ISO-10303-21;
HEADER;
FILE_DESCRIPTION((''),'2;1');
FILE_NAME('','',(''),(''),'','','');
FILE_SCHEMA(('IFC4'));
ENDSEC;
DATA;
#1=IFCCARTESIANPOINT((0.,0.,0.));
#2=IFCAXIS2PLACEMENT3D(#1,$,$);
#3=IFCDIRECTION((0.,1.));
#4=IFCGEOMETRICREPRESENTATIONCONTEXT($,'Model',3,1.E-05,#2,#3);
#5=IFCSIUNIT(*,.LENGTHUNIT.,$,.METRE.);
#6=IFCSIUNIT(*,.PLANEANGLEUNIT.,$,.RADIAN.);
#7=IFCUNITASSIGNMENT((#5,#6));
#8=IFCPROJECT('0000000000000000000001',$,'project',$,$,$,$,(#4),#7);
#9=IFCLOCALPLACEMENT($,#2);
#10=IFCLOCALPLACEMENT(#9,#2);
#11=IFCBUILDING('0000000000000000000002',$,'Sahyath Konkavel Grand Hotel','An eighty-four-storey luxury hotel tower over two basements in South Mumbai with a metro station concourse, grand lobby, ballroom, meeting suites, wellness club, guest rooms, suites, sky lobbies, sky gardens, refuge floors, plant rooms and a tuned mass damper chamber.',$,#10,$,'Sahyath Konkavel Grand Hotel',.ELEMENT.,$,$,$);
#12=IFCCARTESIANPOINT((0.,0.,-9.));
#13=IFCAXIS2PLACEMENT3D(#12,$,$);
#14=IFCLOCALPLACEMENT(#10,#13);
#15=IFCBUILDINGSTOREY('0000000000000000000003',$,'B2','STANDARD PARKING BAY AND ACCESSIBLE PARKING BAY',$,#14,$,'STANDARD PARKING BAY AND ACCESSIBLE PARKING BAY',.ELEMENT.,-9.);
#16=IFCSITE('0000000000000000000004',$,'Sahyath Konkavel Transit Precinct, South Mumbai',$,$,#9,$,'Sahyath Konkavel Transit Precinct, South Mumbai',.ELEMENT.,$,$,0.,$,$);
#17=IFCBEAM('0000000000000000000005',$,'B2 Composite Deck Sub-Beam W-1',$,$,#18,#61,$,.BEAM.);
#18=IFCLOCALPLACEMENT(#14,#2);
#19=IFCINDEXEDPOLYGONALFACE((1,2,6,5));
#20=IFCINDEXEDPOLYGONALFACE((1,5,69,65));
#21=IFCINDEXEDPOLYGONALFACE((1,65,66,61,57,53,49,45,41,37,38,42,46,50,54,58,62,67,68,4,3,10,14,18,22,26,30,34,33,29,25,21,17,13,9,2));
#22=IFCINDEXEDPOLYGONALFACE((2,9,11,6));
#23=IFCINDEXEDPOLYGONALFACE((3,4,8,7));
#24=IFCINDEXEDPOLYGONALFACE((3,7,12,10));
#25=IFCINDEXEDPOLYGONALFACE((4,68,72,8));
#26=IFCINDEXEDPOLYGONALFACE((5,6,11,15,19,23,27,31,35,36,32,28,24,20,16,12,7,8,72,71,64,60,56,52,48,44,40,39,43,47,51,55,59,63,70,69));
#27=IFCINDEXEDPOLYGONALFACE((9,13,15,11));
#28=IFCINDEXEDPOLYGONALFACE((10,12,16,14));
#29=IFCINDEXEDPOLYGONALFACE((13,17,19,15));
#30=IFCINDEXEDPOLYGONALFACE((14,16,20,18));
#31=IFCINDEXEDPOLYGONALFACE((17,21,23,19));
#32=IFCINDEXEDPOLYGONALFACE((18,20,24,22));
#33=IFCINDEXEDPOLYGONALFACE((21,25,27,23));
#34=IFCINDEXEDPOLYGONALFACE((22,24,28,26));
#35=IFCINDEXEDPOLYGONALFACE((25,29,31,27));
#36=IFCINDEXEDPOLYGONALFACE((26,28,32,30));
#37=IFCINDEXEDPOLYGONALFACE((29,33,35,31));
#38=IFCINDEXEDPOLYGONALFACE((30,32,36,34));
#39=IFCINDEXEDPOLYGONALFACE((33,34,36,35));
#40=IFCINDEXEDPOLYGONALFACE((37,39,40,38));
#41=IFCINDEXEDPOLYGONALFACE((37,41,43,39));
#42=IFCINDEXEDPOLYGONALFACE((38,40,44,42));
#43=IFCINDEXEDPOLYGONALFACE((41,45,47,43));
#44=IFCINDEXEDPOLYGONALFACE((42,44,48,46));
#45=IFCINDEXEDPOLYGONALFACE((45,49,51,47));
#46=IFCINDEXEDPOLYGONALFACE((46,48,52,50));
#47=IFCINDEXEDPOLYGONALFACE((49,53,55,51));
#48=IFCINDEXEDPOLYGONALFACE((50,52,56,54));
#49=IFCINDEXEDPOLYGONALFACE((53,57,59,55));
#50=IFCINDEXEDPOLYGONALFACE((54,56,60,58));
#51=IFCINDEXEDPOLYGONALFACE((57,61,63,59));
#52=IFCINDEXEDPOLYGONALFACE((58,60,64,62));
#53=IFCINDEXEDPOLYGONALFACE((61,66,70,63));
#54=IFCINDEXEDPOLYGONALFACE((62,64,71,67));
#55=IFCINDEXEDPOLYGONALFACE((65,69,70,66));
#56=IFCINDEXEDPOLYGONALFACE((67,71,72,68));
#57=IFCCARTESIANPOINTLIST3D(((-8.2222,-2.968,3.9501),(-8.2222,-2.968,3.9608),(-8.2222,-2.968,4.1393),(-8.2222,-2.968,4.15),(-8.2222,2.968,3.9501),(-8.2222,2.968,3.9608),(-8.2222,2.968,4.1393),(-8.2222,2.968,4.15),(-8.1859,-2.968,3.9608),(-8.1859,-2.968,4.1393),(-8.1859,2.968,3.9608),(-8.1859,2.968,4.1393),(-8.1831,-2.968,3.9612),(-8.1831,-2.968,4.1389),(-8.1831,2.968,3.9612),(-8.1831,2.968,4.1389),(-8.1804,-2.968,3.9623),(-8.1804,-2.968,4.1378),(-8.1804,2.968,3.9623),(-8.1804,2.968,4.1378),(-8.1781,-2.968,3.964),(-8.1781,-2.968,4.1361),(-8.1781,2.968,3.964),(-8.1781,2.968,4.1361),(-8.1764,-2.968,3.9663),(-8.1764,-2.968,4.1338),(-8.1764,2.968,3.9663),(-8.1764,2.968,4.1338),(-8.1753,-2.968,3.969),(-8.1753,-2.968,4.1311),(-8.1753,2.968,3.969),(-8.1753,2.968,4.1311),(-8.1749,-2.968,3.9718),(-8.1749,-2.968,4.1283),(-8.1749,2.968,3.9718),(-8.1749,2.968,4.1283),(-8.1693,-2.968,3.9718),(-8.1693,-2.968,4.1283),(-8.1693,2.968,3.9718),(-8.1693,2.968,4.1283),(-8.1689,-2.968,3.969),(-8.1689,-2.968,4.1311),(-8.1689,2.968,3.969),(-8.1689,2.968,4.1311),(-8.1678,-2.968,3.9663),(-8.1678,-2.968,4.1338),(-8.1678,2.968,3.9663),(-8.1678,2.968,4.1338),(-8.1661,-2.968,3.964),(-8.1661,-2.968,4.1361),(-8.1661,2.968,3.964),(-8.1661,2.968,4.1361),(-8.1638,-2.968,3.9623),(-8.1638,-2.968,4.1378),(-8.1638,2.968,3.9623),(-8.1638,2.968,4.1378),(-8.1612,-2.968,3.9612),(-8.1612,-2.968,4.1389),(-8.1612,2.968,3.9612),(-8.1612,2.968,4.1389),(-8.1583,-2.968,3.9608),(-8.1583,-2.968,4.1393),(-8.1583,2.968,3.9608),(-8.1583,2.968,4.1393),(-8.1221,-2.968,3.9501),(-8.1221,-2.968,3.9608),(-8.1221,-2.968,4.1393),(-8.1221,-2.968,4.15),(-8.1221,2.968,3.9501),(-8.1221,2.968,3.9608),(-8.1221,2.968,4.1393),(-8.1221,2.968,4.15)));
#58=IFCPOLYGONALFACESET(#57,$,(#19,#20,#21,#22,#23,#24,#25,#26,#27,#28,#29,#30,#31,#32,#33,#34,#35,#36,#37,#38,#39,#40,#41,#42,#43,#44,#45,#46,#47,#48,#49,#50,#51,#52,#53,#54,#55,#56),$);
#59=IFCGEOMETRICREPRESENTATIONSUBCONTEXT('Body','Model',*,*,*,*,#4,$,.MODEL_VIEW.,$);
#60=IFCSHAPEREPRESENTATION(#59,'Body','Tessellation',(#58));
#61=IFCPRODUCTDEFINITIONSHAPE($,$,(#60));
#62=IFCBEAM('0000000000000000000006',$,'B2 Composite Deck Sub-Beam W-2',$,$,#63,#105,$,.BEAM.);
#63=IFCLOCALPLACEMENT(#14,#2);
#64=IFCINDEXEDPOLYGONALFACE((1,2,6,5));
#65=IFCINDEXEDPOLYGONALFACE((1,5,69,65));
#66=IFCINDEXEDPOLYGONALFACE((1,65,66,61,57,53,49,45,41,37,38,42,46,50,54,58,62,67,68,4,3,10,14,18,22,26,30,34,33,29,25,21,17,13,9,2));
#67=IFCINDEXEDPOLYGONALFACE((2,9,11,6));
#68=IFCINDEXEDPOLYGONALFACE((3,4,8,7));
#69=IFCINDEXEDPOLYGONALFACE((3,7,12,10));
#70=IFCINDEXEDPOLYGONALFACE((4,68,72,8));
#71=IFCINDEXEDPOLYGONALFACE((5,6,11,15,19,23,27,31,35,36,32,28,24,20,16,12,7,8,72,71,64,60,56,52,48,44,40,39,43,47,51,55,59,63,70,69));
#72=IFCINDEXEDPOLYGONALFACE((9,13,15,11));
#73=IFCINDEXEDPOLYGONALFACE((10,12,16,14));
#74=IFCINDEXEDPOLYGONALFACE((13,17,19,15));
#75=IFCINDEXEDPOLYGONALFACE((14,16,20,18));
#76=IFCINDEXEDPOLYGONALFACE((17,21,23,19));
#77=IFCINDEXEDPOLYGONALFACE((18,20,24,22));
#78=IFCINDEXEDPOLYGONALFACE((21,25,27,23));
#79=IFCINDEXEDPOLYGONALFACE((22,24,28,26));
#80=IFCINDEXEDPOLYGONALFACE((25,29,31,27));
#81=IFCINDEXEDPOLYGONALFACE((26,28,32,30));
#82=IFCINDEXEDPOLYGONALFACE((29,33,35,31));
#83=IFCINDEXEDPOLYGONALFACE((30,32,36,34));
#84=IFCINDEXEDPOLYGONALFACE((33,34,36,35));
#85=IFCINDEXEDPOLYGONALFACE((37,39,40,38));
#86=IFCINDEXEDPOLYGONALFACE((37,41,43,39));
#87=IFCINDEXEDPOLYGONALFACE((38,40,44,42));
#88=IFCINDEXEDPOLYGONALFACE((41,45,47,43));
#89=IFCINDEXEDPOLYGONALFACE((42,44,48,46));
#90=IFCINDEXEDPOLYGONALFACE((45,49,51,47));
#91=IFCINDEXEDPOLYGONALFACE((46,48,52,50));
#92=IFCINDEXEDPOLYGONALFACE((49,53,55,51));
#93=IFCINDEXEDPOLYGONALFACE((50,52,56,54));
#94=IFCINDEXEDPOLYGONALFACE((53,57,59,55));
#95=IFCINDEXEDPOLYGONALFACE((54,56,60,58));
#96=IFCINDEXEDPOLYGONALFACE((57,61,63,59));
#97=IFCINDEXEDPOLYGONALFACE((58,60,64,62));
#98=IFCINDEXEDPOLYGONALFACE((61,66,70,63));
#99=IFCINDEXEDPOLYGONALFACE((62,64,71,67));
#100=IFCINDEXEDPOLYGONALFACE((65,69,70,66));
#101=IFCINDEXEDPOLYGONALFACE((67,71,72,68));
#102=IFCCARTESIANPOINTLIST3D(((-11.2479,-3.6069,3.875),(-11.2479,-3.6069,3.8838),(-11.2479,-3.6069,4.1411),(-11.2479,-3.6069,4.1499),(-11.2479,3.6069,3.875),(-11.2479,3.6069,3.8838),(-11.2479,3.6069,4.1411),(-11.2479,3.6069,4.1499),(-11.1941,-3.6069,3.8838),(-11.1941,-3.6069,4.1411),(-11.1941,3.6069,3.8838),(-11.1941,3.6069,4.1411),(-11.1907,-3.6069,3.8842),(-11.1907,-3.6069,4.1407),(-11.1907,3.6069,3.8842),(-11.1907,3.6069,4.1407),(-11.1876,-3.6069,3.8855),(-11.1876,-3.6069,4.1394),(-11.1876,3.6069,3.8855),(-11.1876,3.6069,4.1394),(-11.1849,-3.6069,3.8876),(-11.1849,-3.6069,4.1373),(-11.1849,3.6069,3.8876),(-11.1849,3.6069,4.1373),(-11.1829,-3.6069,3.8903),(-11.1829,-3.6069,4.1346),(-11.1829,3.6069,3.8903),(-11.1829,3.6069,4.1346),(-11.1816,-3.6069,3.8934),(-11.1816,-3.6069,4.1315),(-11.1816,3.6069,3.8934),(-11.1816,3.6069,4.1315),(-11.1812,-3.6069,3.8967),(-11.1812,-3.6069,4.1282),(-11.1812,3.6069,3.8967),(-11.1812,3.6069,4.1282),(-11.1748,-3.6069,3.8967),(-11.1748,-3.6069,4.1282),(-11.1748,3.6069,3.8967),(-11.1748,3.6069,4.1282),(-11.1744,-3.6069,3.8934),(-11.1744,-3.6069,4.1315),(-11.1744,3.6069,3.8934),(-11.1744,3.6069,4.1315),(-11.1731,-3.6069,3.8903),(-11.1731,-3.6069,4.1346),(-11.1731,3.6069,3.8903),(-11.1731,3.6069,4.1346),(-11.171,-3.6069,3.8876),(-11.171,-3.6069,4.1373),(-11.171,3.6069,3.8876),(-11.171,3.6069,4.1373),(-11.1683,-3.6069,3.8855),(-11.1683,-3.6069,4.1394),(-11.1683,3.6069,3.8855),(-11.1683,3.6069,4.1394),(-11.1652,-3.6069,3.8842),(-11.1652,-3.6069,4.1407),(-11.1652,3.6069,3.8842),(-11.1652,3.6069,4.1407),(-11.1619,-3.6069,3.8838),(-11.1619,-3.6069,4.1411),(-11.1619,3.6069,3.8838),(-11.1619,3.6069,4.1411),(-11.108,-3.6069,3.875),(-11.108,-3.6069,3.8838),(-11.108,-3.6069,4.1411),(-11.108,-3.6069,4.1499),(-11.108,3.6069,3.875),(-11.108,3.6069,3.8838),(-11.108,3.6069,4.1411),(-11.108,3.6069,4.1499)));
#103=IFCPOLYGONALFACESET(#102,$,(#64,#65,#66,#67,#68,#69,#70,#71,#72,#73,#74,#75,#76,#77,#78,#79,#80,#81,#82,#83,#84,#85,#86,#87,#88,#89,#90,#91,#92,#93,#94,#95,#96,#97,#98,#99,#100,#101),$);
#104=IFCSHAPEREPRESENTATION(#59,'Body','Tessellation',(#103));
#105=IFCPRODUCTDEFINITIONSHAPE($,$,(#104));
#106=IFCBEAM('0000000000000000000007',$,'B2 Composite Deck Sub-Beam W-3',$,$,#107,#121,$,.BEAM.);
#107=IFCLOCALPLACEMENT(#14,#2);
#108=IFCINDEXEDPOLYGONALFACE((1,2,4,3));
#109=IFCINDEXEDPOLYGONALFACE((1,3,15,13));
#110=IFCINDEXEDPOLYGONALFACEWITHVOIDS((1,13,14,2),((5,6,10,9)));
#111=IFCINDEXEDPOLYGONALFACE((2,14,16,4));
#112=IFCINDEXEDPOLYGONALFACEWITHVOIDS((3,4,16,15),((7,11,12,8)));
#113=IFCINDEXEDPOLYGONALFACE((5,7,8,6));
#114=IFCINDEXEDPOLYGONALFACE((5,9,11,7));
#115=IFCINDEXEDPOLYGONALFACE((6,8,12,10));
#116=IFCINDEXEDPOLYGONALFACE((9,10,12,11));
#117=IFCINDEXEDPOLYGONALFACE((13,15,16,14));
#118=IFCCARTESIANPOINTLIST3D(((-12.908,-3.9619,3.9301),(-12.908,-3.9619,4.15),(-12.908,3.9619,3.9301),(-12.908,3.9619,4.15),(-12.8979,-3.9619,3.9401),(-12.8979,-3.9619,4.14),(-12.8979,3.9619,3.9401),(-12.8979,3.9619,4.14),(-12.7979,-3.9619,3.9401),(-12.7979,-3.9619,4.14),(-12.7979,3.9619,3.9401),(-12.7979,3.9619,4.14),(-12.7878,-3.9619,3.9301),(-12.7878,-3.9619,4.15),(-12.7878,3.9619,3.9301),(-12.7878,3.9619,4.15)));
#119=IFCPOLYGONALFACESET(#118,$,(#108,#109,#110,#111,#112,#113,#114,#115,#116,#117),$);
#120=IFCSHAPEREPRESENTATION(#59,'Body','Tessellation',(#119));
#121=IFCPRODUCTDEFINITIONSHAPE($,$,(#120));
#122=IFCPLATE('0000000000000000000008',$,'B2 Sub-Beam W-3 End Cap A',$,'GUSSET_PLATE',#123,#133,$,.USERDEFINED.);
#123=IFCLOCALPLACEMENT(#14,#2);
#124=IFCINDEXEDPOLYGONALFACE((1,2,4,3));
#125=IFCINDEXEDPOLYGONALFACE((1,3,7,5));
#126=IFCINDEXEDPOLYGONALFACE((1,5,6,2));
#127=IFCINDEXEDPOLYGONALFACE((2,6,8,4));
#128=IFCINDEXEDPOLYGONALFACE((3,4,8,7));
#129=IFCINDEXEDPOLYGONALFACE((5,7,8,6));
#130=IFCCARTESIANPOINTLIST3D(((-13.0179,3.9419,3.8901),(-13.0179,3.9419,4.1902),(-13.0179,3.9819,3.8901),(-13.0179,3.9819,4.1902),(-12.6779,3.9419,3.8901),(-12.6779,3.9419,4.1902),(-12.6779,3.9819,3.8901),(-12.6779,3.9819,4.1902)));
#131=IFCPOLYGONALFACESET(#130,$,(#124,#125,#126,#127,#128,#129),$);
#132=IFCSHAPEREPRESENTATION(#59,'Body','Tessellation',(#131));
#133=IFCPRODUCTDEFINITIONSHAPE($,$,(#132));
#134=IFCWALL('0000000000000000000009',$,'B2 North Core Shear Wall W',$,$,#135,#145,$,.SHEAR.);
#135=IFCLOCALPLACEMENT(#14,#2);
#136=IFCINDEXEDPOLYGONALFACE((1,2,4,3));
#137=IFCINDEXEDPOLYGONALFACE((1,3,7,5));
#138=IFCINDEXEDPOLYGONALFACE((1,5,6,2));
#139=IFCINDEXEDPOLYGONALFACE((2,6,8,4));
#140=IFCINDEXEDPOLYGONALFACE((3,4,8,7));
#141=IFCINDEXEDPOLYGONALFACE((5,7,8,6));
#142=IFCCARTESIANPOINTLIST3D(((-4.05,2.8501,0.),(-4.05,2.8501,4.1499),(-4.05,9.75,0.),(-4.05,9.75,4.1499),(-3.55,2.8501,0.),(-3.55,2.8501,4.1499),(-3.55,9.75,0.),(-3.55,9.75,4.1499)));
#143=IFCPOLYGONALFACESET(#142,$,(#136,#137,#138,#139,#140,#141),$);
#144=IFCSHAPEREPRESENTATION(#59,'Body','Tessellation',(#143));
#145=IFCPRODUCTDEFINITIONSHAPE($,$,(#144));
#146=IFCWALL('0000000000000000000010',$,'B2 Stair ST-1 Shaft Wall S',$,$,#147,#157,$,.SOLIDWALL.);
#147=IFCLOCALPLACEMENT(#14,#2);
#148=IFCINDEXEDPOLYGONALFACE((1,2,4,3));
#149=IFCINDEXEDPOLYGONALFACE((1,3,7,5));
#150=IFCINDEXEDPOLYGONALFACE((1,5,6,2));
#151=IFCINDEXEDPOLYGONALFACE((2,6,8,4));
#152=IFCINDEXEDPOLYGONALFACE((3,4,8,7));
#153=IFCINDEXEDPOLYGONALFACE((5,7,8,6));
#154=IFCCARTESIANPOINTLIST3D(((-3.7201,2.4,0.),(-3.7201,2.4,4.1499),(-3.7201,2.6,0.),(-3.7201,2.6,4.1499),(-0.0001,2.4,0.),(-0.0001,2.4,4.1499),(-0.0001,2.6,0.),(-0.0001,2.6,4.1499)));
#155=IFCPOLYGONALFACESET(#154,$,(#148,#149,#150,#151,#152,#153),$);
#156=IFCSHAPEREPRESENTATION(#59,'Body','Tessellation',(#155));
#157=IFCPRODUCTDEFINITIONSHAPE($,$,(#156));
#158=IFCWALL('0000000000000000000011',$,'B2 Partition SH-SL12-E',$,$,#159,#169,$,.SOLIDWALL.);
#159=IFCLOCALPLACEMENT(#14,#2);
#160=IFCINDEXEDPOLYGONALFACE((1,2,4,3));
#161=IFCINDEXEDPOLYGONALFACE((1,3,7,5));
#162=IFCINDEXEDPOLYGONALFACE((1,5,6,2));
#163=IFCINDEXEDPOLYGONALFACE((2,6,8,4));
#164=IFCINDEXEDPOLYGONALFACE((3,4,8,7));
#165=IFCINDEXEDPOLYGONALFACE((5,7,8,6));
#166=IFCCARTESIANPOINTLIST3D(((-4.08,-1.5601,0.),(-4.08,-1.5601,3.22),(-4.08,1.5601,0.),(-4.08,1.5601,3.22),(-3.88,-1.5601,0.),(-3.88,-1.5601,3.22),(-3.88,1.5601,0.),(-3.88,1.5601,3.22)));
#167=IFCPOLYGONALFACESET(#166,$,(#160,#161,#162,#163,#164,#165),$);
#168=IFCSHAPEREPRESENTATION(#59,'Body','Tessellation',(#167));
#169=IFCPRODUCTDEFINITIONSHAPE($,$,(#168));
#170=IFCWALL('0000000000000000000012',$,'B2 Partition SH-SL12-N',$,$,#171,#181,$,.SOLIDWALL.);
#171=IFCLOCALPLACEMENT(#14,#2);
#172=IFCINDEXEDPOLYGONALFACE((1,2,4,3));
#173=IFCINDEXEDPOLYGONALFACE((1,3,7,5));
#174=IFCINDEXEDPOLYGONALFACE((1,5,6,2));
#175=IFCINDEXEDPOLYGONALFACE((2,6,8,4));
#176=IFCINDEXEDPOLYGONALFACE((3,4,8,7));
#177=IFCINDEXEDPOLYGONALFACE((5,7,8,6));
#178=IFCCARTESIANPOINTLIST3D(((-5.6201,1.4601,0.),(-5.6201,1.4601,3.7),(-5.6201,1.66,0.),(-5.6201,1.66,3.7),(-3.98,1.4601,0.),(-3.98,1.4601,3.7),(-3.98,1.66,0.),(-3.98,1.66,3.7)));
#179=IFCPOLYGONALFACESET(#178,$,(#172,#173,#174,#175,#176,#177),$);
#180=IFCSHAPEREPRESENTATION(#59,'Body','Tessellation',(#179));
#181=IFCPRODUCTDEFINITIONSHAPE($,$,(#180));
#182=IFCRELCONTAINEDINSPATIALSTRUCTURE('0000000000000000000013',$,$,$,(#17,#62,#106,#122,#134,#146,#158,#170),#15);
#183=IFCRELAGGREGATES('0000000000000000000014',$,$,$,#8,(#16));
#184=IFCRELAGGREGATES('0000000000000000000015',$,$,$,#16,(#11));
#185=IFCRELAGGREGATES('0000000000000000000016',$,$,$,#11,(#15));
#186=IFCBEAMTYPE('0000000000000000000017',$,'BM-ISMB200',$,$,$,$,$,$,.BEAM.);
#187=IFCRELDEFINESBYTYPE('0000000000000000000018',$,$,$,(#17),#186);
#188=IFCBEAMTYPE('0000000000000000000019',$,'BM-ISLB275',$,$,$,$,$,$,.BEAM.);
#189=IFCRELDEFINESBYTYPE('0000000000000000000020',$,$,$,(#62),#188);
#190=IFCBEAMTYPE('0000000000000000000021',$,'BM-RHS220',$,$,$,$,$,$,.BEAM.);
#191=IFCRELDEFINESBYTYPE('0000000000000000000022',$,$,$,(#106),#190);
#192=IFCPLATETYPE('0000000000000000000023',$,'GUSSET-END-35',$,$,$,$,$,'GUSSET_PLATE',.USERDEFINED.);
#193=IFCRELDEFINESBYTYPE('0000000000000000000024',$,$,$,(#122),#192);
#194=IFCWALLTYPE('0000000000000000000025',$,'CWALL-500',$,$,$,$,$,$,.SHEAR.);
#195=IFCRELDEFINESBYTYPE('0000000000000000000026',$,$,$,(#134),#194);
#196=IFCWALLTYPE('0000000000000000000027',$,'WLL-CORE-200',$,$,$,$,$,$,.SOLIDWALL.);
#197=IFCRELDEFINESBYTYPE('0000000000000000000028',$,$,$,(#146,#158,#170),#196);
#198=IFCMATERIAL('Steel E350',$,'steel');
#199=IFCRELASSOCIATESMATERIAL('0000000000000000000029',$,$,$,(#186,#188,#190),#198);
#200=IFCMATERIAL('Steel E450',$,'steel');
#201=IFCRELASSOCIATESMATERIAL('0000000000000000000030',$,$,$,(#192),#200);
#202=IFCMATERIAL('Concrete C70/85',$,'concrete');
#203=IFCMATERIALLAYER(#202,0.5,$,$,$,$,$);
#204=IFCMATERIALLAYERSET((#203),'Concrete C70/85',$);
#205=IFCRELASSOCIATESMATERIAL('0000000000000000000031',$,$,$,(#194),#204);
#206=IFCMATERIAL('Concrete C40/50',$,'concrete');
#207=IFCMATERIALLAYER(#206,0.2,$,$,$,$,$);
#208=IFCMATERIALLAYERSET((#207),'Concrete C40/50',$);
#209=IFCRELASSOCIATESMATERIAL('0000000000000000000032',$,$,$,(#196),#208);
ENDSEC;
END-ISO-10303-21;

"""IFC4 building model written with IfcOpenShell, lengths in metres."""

from ifc_helpers import new_model, si_unit, direction, frame, frame_2d, origin, origin_2d, place, context, subcontext, project, spatial, rectangle, hollow_rectangle, i_section, extrude, source, transform, mapped, material, layer, layer_set, material_profile, profile_set, type_object, element, save


model = new_model("IFC4")

# Units and contexts
model_context = context("Model", 3, precision=1e-05, world=origin(), true_north=direction((0.0, 1.0)))
body_context = subcontext(model_context, "Body", "Model", "MODEL_VIEW")
ifc_project = project(units=[si_unit("LENGTHUNIT", "METRE"), si_unit("PLANEANGLEUNIT", "RADIAN")], contexts=[model_context])

# Site, building, storey
site_placement = place(None, origin())
site = spatial("IfcSite", under=ifc_project, at=site_placement, Name="Sahyath Konkavel Transit Precinct, South Mumbai", LongName="Sahyath Konkavel Transit Precinct, South Mumbai", CompositionType="ELEMENT", RefElevation=0.0)
building_placement = place(site_placement, origin())
building = spatial("IfcBuilding", under=site, at=building_placement, Name="Sahyath Konkavel Grand Hotel", Description="An eighty-four-storey luxury hotel tower over two basements in South Mumbai with a metro station concourse, grand lobby, ballroom, meeting suites, wellness club, guest rooms, suites, sky lobbies, sky gardens, refuge floors, plant rooms and a tuned mass damper chamber.", LongName="Sahyath Konkavel Grand Hotel", CompositionType="ELEMENT")
storey_placement = place(building_placement, frame((0.0, 0.0, -9.0)))
storey = spatial("IfcBuildingStorey", under=building, at=storey_placement, Name="B2", Description="STANDARD PARKING BAY AND ACCESSIBLE PARKING BAY", LongName="STANDARD PARKING BAY AND ACCESSIBLE PARKING BAY", CompositionType="ELEMENT", Elevation=-9.0)

# Shared definitions
ifc_material_1 = material(Name="Concrete C70/85", Category="concrete")

# Beams
ifc_material_2 = material(Name="Steel E350", Category="steel")
ifc_material_profile_1 = material_profile(ifc_material_2, i_section(OverallWidth=0.1001, OverallDepth=0.2, WebThickness=0.0056, FlangeThickness=0.0107, FilletRadius=0.011, at=origin_2d()), Name="ISMB 200")
ifc_profile_set_1 = profile_set([ifc_material_profile_1], Name="Steel E350")
beam_type_1 = type_object("IfcBeamType", Name="BM-ISMB200", PredefinedType="BEAM", material=ifc_profile_set_1)
shared_shape_1 = source(origin(), body_context, "Body", "SweptSolid", [
    extrude(i_section(OverallWidth=0.1001, OverallDepth=0.2, WebThickness=0.0056, FlangeThickness=0.0107, FilletRadius=0.011, at=origin_2d()), origin(), (0.0, 0.0, 1.0), 5.936),
])
beam_1_placement = place(storey_placement, frame((-8.1721, 2.968, 4.05), z_axis=(0.0, -1.0, 0.0), x_axis=(1.0, 0.0, 0.0)))
element("IfcBeam", 1, at=beam_1_placement, inside=storey, type_object=beam_type_1, Name="B2 Composite Deck Sub-Beam W-1", PredefinedType="BEAM", context=body_context, shape_type="MappedRepresentation", body=[
    mapped(shared_shape_1, transform((0.0, 0.0, 0.0), scale=1.0)),
])
ifc_material_profile_2 = material_profile(ifc_material_2, i_section(OverallWidth=0.1399, OverallDepth=0.2749, WebThickness=0.0063, FlangeThickness=0.0088, FilletRadius=0.0129, at=origin_2d()), Name="ISLB 275")
ifc_profile_set_2 = profile_set([ifc_material_profile_2], Name="Steel E350")
beam_type_2 = type_object("IfcBeamType", Name="BM-ISLB275", PredefinedType="BEAM", material=ifc_profile_set_2)
shared_shape_2 = source(origin(), body_context, "Body", "SweptSolid", [
    extrude(i_section(OverallWidth=0.1399, OverallDepth=0.2749, WebThickness=0.0063, FlangeThickness=0.0088, FilletRadius=0.0129, at=origin_2d()), origin(), (0.0, 0.0, 1.0), 7.2139),
])
beam_2_placement = place(storey_placement, frame((-11.178, 3.6069, 4.0125), z_axis=(0.0, -1.0, 0.0), x_axis=(1.0, 0.0, 0.0)))
element("IfcBeam", 2, at=beam_2_placement, inside=storey, type_object=beam_type_2, Name="B2 Composite Deck Sub-Beam W-2", PredefinedType="BEAM", context=body_context, shape_type="MappedRepresentation", body=[
    mapped(shared_shape_2, transform((0.0, 0.0, 0.0), scale=1.0)),
])
ifc_material_profile_3 = material_profile(ifc_material_2, hollow_rectangle(XDim=0.1201, YDim=0.22, WallThickness=0.01, at=origin_2d()), Name="RHS 220x120x10")
ifc_profile_set_3 = profile_set([ifc_material_profile_3], Name="Steel E350")
beam_type_3 = type_object("IfcBeamType", Name="BM-RHS220", PredefinedType="BEAM", material=ifc_profile_set_3)
shared_shape_3 = source(origin(), body_context, "Body", "SweptSolid", [
    extrude(hollow_rectangle(XDim=0.1201, YDim=0.22, WallThickness=0.01, at=origin_2d()), origin(), (0.0, 0.0, 1.0), 7.9238),
])
beam_3_placement = place(storey_placement, frame((-12.8479, 3.9619, 4.04), z_axis=(0.0, -1.0, 0.0), x_axis=(1.0, 0.0, 0.0)))
element("IfcBeam", 3, at=beam_3_placement, inside=storey, type_object=beam_type_3, Name="B2 Composite Deck Sub-Beam W-3", PredefinedType="BEAM", context=body_context, shape_type="MappedRepresentation", body=[
    mapped(shared_shape_3, transform((0.0, 0.0, 0.0), scale=1.0)),
])

# Plate
ifc_material_3 = material(Name="Steel E450", Category="steel")
plate_type = type_object("IfcPlateType", Name="GUSSET-END-35", ElementType="GUSSET_PLATE", PredefinedType="USERDEFINED", material=ifc_material_3)
shared_shape_4 = source(origin(), body_context, "Body", "SweptSolid", [
    extrude(rectangle(XDim=0.04, YDim=0.3401, at=origin_2d()), origin(), (0.0, 0.0, 1.0), 0.3),
])
plate_placement = place(storey_placement, frame((-12.8479, 3.9619, 3.8901), z_axis=(0.0, 0.0, 1.0), x_axis=(0.0, -1.0, 0.0)))
element("IfcPlate", 4, at=plate_placement, inside=storey, type_object=plate_type, Name="B2 Sub-Beam W-3 End Cap A", ObjectType="GUSSET_PLATE", PredefinedType="USERDEFINED", context=body_context, shape_type="MappedRepresentation", body=[
    mapped(shared_shape_4, transform((0.0, 0.0, 0.0), scale=1.0)),
])

# Walls
ifc_layer_1 = layer(ifc_material_1, 0.5)
ifc_layer_set_1 = layer_set([ifc_layer_1], Name="Concrete C70/85")
wall_type_1 = type_object("IfcWallType", Name="CWALL-500", PredefinedType="SHEAR", material=ifc_layer_set_1)
wall_1_placement = place(storey_placement, frame((-3.8, 2.8501, 0.0), z_axis=(0.0, 0.0, 1.0), x_axis=(0.0, 1.0, 0.0)))
element("IfcWall", 5, at=wall_1_placement, inside=storey, type_object=wall_type_1, Name="B2 North Core Shear Wall W", PredefinedType="SHEAR", context=body_context, shape_type="SweptSolid", body=[
    extrude(rectangle(XDim=6.8999, YDim=0.5, at=frame_2d((3.45, 0.0))), origin(), (0.0, 0.0, 1.0), 4.1499),
])
ifc_material_4 = material(Name="Concrete C40/50", Category="concrete")
ifc_layer_2 = layer(ifc_material_4, 0.2)
ifc_layer_set_2 = layer_set([ifc_layer_2], Name="Concrete C40/50")
wall_type_2 = type_object("IfcWallType", Name="WLL-CORE-200", PredefinedType="SOLIDWALL", material=ifc_layer_set_2)
wall_2_placement = place(storey_placement, frame((-3.72, 2.5, 0.0), z_axis=(0.0, 0.0, 1.0), x_axis=(1.0, 0.0, 0.0)))
element("IfcWall", 6, at=wall_2_placement, inside=storey, type_object=wall_type_2, Name="B2 Stair ST-1 Shaft Wall S", PredefinedType="SOLIDWALL", context=body_context, shape_type="SweptSolid", body=[
    extrude(rectangle(XDim=3.72, YDim=0.2, at=frame_2d((1.8599, 0.0))), origin(), (0.0, 0.0, 1.0), 4.1499),
])
wall_3_placement = place(storey_placement, frame((-3.98, -1.5601, 0.0), z_axis=(0.0, 0.0, 1.0), x_axis=(0.0, 1.0, 0.0)))
element("IfcWall", 7, at=wall_3_placement, inside=storey, type_object=wall_type_2, Name="B2 Partition SH-SL12-E", PredefinedType="SOLIDWALL", context=body_context, shape_type="SweptSolid", body=[
    extrude(rectangle(XDim=3.1201, YDim=0.2, at=frame_2d((1.5601, 0.0))), origin(), (0.0, 0.0, 1.0), 3.22),
])
for number, where, z_axis, x_axis, name in (
    (8, (-5.6201, 1.5601, 0.0), (0.0, 0.0, 1.0), (1.0, 0.0, 0.0), "B2 Partition SH-SL12-N"),
):
    element("IfcWall", number, at=place(storey_placement, frame(where, z_axis=z_axis, x_axis=x_axis)), inside=storey, type_object=wall_type_2, Name=name, PredefinedType="SOLIDWALL", context=body_context, shape_type="SweptSolid", body=[
        extrude(rectangle(XDim=1.6401, YDim=0.2, at=frame_2d((0.8201, 0.0))), origin(), (0.0, 0.0, 1.0), 3.7),
    ])

save(model, "model.ifc")
